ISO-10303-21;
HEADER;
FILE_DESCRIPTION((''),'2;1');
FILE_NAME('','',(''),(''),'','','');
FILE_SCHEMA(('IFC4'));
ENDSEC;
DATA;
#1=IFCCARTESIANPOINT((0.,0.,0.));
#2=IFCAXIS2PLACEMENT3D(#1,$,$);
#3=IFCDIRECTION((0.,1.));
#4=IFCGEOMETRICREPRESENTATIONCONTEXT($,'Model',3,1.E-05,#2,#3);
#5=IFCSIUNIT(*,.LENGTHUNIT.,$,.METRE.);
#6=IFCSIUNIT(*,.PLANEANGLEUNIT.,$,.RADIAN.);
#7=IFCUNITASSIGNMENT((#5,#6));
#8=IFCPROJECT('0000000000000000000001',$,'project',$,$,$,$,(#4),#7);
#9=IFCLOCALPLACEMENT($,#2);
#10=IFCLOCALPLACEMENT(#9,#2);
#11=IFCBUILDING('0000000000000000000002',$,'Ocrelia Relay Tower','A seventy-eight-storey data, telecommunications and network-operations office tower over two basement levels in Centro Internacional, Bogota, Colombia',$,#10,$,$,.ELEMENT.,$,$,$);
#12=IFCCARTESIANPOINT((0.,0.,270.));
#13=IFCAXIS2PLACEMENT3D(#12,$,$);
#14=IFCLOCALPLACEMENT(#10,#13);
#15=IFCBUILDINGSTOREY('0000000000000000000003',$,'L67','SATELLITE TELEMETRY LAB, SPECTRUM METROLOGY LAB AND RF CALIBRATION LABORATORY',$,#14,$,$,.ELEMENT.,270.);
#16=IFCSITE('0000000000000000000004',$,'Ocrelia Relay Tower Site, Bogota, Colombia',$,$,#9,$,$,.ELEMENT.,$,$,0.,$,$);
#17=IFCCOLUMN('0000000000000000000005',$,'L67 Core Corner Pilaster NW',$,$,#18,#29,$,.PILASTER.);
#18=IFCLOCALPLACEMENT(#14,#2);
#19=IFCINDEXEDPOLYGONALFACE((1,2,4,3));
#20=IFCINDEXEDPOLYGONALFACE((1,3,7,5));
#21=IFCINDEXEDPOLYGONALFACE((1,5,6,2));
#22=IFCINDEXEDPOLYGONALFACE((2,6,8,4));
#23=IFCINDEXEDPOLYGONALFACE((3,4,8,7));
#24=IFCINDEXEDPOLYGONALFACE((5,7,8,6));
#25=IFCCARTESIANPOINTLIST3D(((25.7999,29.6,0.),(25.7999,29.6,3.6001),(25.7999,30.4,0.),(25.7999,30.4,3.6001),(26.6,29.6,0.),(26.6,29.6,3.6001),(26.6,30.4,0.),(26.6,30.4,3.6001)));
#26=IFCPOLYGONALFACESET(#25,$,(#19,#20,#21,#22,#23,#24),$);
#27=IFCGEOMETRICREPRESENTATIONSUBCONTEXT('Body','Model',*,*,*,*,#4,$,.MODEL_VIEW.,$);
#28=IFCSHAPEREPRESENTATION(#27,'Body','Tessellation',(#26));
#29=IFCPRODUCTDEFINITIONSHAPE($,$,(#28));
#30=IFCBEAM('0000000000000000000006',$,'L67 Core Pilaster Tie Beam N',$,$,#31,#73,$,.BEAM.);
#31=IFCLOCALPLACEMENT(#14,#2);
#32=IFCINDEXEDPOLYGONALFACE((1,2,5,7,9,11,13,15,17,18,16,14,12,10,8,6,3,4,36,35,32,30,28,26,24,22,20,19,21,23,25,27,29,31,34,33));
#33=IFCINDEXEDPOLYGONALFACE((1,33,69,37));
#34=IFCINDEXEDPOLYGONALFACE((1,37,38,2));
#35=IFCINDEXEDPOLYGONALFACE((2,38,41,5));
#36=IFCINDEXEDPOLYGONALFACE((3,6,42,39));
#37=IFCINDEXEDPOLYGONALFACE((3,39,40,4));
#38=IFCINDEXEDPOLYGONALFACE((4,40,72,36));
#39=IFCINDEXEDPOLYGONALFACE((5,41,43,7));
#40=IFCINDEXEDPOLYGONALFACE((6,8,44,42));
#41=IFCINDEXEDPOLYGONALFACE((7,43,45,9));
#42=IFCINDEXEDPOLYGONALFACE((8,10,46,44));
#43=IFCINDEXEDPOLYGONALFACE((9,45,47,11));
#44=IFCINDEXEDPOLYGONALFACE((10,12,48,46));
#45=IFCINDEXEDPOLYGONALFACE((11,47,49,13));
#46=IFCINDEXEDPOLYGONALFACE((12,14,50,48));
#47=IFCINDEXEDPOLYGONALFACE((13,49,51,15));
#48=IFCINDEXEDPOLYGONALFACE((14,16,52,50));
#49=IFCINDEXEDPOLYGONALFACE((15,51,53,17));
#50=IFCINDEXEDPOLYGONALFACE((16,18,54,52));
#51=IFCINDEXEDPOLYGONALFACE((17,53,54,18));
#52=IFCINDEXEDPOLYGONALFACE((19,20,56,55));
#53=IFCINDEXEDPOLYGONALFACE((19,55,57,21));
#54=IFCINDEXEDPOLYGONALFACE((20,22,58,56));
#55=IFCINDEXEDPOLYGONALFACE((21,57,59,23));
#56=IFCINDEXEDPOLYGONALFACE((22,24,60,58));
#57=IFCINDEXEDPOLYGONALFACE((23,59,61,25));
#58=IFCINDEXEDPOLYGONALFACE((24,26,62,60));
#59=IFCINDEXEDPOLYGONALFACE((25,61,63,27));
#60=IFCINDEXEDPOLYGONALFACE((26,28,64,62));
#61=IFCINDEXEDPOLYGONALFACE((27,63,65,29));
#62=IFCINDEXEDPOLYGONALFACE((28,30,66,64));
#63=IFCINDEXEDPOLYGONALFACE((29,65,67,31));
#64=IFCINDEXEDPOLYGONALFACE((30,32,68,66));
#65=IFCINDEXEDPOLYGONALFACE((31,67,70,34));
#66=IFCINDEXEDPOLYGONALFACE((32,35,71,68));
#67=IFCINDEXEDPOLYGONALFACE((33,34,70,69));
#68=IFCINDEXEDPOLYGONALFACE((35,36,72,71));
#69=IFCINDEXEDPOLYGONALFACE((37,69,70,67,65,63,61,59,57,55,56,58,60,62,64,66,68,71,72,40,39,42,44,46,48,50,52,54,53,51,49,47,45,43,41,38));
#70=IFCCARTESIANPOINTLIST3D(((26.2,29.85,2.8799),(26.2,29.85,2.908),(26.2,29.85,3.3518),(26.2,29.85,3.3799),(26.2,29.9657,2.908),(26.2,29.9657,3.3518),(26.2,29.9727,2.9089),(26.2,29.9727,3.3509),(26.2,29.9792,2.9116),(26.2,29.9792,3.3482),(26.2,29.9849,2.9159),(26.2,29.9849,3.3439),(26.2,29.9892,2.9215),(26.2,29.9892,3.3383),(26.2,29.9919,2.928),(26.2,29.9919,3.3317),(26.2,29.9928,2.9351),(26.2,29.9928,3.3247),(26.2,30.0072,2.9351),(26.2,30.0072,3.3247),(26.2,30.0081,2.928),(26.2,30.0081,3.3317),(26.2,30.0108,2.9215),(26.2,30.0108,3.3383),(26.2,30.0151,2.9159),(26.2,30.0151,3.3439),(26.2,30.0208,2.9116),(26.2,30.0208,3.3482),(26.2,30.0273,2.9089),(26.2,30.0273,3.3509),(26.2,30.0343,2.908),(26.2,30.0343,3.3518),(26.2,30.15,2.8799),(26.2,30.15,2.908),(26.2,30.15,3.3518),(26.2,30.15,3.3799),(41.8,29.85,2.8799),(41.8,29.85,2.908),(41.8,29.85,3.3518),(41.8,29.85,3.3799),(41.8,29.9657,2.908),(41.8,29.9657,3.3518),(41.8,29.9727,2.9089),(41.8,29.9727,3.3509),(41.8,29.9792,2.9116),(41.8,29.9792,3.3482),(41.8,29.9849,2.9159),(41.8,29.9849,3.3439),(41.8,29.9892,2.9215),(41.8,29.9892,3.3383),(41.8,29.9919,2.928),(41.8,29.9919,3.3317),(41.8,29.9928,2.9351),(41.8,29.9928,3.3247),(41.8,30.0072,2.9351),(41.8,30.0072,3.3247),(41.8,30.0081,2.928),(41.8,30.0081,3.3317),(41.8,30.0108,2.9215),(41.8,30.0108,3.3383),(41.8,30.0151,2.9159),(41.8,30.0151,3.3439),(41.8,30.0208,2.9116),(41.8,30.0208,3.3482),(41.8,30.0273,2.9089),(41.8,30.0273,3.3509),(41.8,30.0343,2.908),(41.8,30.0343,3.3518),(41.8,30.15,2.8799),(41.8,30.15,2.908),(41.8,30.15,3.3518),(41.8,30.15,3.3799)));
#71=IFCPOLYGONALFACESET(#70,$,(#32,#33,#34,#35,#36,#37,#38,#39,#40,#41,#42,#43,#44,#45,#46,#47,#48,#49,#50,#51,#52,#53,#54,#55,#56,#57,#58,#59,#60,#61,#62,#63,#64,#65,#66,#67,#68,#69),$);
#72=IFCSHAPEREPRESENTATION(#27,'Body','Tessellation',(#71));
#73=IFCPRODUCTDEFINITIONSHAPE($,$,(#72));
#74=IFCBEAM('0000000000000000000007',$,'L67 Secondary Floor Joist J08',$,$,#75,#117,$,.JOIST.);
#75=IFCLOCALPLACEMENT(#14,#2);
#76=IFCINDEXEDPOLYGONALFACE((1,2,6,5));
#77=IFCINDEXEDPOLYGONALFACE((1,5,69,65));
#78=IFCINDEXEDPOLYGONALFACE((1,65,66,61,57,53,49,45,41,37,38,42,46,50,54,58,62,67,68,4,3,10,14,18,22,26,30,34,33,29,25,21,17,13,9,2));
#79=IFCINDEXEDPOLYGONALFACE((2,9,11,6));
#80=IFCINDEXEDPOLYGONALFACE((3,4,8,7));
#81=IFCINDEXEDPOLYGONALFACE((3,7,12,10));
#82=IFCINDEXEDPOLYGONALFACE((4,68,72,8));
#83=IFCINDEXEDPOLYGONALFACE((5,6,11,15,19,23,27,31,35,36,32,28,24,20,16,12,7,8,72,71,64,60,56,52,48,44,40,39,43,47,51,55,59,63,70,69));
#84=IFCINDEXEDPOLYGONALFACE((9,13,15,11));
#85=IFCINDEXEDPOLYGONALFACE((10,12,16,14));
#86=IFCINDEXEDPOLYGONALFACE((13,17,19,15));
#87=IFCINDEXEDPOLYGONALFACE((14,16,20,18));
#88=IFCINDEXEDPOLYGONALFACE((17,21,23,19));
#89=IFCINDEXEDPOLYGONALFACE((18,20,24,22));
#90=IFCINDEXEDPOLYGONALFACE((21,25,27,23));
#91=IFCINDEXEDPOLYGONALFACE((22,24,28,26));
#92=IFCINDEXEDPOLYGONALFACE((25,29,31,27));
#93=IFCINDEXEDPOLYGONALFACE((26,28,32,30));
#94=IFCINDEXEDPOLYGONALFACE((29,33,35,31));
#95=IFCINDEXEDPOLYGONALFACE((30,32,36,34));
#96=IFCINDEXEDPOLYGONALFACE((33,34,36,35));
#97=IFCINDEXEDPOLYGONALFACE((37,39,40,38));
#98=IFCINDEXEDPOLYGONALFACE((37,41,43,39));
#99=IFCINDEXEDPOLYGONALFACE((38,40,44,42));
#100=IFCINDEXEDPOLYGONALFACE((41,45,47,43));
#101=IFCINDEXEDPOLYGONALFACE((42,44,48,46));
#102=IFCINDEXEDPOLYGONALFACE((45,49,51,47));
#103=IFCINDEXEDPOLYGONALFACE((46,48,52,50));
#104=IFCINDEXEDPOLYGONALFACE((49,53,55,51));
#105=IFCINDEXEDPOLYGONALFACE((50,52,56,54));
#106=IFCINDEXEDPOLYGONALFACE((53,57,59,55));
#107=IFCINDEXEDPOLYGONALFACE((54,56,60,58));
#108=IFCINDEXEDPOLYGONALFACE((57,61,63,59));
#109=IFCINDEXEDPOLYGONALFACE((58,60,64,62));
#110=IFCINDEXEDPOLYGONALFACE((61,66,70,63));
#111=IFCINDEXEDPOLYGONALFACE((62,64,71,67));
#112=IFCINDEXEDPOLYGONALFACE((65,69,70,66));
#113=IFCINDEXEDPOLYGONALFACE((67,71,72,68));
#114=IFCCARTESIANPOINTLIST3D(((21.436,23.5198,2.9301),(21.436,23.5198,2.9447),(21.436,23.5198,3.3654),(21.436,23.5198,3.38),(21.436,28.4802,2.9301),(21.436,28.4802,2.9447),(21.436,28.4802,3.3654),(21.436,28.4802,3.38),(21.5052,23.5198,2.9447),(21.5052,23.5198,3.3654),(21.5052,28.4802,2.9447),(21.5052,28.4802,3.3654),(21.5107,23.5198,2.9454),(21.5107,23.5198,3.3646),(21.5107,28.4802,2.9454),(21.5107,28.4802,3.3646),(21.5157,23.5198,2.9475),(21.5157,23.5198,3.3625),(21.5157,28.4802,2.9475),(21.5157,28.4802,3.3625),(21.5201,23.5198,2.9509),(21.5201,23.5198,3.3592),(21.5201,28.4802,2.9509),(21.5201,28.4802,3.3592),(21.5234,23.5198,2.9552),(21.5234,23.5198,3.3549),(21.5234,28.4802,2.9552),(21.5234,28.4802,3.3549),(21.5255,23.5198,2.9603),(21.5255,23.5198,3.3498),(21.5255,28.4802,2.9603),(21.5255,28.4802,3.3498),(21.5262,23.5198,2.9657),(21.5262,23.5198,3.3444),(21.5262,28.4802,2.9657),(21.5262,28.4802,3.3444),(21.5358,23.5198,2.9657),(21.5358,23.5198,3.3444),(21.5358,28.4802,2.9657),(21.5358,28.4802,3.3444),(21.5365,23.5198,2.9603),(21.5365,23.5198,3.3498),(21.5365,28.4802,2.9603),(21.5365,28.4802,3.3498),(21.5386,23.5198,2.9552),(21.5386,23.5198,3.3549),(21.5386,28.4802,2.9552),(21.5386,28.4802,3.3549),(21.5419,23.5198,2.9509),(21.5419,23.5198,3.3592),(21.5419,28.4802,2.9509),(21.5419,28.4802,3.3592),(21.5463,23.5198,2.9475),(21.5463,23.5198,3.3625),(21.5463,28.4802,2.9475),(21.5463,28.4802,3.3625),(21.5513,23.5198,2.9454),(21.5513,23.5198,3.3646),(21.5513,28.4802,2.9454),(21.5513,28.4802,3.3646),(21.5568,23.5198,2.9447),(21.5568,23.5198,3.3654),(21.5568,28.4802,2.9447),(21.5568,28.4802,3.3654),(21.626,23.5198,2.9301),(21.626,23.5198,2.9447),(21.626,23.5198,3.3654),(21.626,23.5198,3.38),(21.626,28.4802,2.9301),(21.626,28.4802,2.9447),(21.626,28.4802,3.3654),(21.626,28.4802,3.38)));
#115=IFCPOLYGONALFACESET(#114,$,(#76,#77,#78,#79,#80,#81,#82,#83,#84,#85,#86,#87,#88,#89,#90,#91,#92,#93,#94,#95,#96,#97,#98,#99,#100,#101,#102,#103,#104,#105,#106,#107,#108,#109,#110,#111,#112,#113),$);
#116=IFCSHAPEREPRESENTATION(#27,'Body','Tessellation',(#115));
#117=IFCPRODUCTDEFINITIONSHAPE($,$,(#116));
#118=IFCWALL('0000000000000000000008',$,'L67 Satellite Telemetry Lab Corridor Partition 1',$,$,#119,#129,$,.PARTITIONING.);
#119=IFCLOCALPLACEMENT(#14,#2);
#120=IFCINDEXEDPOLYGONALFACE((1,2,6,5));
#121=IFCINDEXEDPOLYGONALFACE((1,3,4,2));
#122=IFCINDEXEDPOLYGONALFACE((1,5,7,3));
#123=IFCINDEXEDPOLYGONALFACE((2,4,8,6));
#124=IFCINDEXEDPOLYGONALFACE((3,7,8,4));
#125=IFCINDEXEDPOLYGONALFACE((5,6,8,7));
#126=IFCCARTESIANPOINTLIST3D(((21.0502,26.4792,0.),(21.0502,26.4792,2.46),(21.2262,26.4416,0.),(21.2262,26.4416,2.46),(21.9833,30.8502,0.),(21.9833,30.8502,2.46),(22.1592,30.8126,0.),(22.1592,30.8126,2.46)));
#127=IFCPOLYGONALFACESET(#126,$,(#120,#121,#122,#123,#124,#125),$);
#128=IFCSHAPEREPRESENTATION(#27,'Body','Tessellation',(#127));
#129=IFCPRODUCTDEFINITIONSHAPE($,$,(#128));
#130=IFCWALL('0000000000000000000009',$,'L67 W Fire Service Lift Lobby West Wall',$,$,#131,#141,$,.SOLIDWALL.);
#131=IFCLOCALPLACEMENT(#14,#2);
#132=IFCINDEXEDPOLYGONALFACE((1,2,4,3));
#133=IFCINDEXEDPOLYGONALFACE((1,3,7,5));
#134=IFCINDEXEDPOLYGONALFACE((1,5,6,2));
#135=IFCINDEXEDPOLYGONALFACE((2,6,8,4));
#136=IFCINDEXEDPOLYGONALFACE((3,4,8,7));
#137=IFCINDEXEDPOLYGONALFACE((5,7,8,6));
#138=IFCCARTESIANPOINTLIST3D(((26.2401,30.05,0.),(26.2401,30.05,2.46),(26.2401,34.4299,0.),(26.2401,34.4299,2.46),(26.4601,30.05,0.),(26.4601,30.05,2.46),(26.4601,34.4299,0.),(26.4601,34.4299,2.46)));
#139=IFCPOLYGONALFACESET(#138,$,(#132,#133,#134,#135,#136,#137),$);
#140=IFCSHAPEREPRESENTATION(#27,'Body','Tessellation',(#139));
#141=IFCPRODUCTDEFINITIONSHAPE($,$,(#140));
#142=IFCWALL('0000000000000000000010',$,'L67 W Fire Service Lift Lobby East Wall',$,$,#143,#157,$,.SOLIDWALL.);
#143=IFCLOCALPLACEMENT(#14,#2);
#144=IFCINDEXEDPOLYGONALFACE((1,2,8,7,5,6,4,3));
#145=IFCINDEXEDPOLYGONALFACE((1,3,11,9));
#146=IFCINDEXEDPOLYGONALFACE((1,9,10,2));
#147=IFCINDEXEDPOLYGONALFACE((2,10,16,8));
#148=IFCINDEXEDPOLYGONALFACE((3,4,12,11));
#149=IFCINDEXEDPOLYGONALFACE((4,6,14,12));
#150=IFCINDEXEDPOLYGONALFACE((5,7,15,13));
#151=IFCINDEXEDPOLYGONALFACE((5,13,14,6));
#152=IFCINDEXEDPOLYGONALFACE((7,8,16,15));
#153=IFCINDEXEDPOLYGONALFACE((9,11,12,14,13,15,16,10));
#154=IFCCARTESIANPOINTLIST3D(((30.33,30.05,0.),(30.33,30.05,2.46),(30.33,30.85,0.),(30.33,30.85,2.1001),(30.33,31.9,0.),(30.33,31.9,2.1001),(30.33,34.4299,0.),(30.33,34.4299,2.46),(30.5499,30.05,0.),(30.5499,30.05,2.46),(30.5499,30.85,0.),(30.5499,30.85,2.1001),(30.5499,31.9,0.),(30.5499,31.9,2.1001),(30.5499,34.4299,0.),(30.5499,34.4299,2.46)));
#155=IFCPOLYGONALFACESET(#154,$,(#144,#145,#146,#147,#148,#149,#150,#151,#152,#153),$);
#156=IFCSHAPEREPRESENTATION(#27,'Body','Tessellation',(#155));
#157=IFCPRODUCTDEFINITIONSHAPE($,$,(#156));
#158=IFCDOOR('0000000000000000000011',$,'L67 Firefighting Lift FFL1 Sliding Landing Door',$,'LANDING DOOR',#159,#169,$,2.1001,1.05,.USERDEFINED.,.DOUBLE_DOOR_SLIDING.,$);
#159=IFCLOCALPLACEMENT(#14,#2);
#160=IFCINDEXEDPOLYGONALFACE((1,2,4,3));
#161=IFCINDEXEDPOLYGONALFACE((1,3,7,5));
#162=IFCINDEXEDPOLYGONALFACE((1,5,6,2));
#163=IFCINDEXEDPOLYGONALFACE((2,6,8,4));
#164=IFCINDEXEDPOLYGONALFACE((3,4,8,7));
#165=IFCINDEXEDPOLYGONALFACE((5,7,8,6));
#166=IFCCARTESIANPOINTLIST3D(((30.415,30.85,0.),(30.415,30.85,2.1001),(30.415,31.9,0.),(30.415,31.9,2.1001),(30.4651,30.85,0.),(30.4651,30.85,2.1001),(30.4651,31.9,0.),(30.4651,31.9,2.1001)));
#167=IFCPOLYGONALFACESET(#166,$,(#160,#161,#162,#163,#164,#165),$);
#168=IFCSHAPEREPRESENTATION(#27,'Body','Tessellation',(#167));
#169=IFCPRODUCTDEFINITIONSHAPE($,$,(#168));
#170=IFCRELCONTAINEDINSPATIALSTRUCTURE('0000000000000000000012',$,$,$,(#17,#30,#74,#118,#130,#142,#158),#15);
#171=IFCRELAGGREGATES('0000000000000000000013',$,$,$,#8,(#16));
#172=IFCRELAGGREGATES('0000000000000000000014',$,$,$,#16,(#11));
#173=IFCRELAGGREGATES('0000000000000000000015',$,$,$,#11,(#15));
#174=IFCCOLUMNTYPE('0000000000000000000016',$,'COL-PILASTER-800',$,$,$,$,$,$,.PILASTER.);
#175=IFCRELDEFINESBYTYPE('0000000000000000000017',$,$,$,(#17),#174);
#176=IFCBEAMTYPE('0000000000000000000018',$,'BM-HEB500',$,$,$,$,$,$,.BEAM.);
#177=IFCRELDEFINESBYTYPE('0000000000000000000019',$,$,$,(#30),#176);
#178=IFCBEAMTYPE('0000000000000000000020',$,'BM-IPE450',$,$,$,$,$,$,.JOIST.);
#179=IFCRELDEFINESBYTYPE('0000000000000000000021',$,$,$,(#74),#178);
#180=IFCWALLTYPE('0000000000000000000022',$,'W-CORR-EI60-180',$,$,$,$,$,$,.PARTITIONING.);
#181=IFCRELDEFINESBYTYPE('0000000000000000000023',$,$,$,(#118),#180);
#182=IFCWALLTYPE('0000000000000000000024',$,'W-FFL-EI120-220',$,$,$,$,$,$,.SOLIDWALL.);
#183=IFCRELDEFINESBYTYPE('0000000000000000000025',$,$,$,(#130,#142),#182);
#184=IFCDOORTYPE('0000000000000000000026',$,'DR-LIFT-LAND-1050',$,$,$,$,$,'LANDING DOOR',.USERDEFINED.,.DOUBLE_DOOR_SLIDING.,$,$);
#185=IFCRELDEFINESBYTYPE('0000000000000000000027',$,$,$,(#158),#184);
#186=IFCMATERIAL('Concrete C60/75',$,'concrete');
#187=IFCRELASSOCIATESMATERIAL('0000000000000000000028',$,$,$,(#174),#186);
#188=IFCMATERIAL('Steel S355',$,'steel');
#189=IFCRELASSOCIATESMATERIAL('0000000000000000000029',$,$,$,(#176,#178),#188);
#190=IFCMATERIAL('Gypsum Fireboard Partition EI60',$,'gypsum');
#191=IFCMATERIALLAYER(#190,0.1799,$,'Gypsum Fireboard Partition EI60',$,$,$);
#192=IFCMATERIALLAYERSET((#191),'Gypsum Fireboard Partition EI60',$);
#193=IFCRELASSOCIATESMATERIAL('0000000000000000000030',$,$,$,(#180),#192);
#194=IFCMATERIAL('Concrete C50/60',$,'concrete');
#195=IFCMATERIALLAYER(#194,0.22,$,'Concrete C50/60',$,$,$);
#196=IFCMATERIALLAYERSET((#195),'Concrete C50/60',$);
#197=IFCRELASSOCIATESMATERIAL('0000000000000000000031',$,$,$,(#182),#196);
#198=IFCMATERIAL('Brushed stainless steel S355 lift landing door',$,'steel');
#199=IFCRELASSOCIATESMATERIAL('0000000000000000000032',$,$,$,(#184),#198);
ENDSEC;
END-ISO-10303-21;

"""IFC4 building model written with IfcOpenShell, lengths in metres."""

from ifc_helpers import new_model, si_unit, direction, frame, frame_2d, origin, origin_2d, place, context, subcontext, project, spatial, rectangle, i_section, extrude, material, layer, layer_set, material_profile, profile_set, type_object, element, fill, save


model = new_model("IFC4")

# Units and contexts
model_context = context("Model", 3, precision=1e-05, world=origin(), true_north=direction((0.0, 1.0)))
body_context = subcontext(model_context, "Body", "Model", "MODEL_VIEW")
ifc_project = project(units=[si_unit("LENGTHUNIT", "METRE"), si_unit("PLANEANGLEUNIT", "RADIAN")], contexts=[model_context])

# Site, building, storey
site_placement = place(None, origin())
site = spatial("IfcSite", under=ifc_project, at=site_placement, Name="Ocrelia Relay Tower Site, Bogota, Colombia", CompositionType="ELEMENT", RefElevation=0.0)
building_placement = place(site_placement, origin())
building = spatial("IfcBuilding", under=site, at=building_placement, Name="Ocrelia Relay Tower", Description="A seventy-eight-storey data, telecommunications and network-operations office tower over two basement levels in Centro Internacional, Bogota, Colombia", CompositionType="ELEMENT")
storey_placement = place(building_placement, frame((0.0, 0.0, 270.0)))
storey = spatial("IfcBuildingStorey", under=building, at=storey_placement, Name="L67", Description="SATELLITE TELEMETRY LAB, SPECTRUM METROLOGY LAB AND RF CALIBRATION LABORATORY", CompositionType="ELEMENT", Elevation=270.0)

# Column
ifc_material_1 = material(Name="Concrete C60/75", Category="concrete")
ifc_material_profile_1 = material_profile(ifc_material_1, rectangle(XDim=0.8, YDim=0.8, at=origin_2d()), Name="RC-COL-800x800")
ifc_profile_set_1 = profile_set([ifc_material_profile_1], Name="Concrete C60/75")
column_type = type_object("IfcColumnType", Name="COL-PILASTER-800", PredefinedType="PILASTER", material=ifc_profile_set_1)
column_placement = place(storey_placement, frame((26.2, 30.0, 0.0), z_axis=(0.0, 0.0, 1.0), x_axis=(1.0, 0.0, 0.0)))
element("IfcColumn", 1, at=column_placement, inside=storey, type_object=column_type, Name="L67 Core Corner Pilaster NW", PredefinedType="PILASTER", context=body_context, shape_type="SweptSolid", body=[
    extrude(rectangle(XDim=0.8, YDim=0.8, at=origin_2d()), origin(), (0.0, 0.0, 1.0), 3.6001),
])

# Beams
ifc_material_2 = material(Name="Steel S355", Category="steel")
ifc_material_profile_2 = material_profile(ifc_material_2, i_section(OverallWidth=0.3, OverallDepth=0.5, WebThickness=0.0144, FlangeThickness=0.0281, FilletRadius=0.0271, at=origin_2d()), Name="HEB 500")
ifc_profile_set_2 = profile_set([ifc_material_profile_2], Name="Steel S355")
beam_type_1 = type_object("IfcBeamType", Name="BM-HEB500", PredefinedType="BEAM", material=ifc_profile_set_2)
beam_1_placement = place(storey_placement, frame((26.2, 30.0, 3.1299), z_axis=(1.0, 0.0, 0.0), x_axis=(0.0, 1.0, 0.0)))
element("IfcBeam", 2, at=beam_1_placement, inside=storey, type_object=beam_type_1, Name="L67 Core Pilaster Tie Beam N", PredefinedType="BEAM", context=body_context, shape_type="SweptSolid", body=[
    extrude(i_section(OverallWidth=0.3, OverallDepth=0.5, WebThickness=0.0144, FlangeThickness=0.0281, FilletRadius=0.0271, at=origin_2d()), origin(), (0.0, 0.0, 1.0), 15.6001),
])
ifc_material_profile_3 = material_profile(ifc_material_2, i_section(OverallWidth=0.1899, OverallDepth=0.45, WebThickness=0.0095, FlangeThickness=0.0146, FilletRadius=0.021, at=origin_2d()), Name="IPE 450")
ifc_profile_set_3 = profile_set([ifc_material_profile_3], Name="Steel S355")
beam_type_2 = type_object("IfcBeamType", Name="BM-IPE450", PredefinedType="JOIST", material=ifc_profile_set_3)
beam_2_placement = place(storey_placement, frame((21.531, 28.4802, 3.155), z_axis=(0.0, -1.0, 0.0), x_axis=(1.0, 0.0, 0.0)))
element("IfcBeam", 3, at=beam_2_placement, inside=storey, type_object=beam_type_2, Name="L67 Secondary Floor Joist J08", PredefinedType="JOIST", context=body_context, shape_type="SweptSolid", body=[
    extrude(i_section(OverallWidth=0.1899, OverallDepth=0.45, WebThickness=0.0095, FlangeThickness=0.0146, FilletRadius=0.021, at=origin_2d()), origin(), (0.0, 0.0, 1.0), 4.9604),
])

# Shared definitions
ifc_material_3 = material(Name="Concrete C50/60", Category="concrete")

# Walls
ifc_material_4 = material(Name="Gypsum Fireboard Partition EI60", Category="gypsum")
ifc_layer_1 = layer(ifc_material_4, 0.1799, Name="Gypsum Fireboard Partition EI60")
ifc_layer_set_1 = layer_set([ifc_layer_1], Name="Gypsum Fireboard Partition EI60")
wall_type_1 = type_object("IfcWallType", Name="W-CORR-EI60-180", PredefinedType="PARTITIONING", material=ifc_layer_set_1)
wall_1_placement = place(storey_placement, frame((22.0713, 30.8315, 0.0), z_axis=(0.0, 0.0, 1.0), x_axis=(-0.208768, -0.977965, 0.0)))
element("IfcWall", 4, at=wall_1_placement, inside=storey, type_object=wall_type_1, Name="L67 Satellite Telemetry Lab Corridor Partition 1", PredefinedType="PARTITIONING", context=body_context, shape_type="SweptSolid", body=[
    extrude(rectangle(XDim=4.4695, YDim=0.1799, at=frame_2d((2.2349, 0.0))), origin(), (0.0, 0.0, 1.0), 2.46),
])
ifc_layer_2 = layer(ifc_material_3, 0.22, Name="Concrete C50/60")
ifc_layer_set_2 = layer_set([ifc_layer_2], Name="Concrete C50/60")
wall_type_2 = type_object("IfcWallType", Name="W-FFL-EI120-220", PredefinedType="SOLIDWALL", material=ifc_layer_set_2)
wall_2_placement = place(storey_placement, frame((26.3501, 30.05, 0.0), z_axis=(0.0, 0.0, 1.0), x_axis=(0.0, 1.0, 0.0)))
element("IfcWall", 5, at=wall_2_placement, inside=storey, type_object=wall_type_2, Name="L67 W Fire Service Lift Lobby West Wall", PredefinedType="SOLIDWALL", context=body_context, shape_type="SweptSolid", body=[
    extrude(rectangle(XDim=4.3799, YDim=0.22, at=frame_2d((2.1899, 0.0))), origin(), (0.0, 0.0, 1.0), 2.46),
])

# Wall, opening, door
wall_3_placement = place(storey_placement, frame((30.4399, 30.05, 0.0), z_axis=(0.0, 0.0, 1.0), x_axis=(0.0, 1.0, 0.0)))
wall_3 = element("IfcWall", 6, at=wall_3_placement, inside=storey, type_object=wall_type_2, Name="L67 W Fire Service Lift Lobby East Wall", PredefinedType="SOLIDWALL", context=body_context, shape_type="SweptSolid", body=[
    extrude(rectangle(XDim=4.3799, YDim=0.22, at=frame_2d((2.1899, 0.0))), origin(), (0.0, 0.0, 1.0), 2.46),
])
opening_1_placement = place(wall_3_placement, frame((0.8, 0.0, 0.0)))
opening_1 = element("IfcOpeningElement", 7, at=opening_1_placement, cuts=wall_3, PredefinedType="OPENING", context=body_context, shape_type="SweptSolid", body=[
    extrude(rectangle(XDim=1.05, YDim=2.1001, at=frame_2d((0.5249, 1.05))), frame((0.0, 0.1201, 0.0), z_axis=(0.0, -1.0, 0.0), x_axis=(1.0, 0.0, 0.0)), (0.0, 0.0, 1.0), 0.24),
])
ifc_material_5 = material(Name="Brushed stainless steel S355 lift landing door", Category="steel")
door_type_1 = type_object("IfcDoorType", Name="DR-LIFT-LAND-1050", ElementType="LANDING DOOR", OperationType="DOUBLE_DOOR_SLIDING", PredefinedType="USERDEFINED", material=ifc_material_5)
door_1_placement = place(opening_1_placement, origin())
door_1 = element("IfcDoor", 8, at=door_1_placement, inside=storey, type_object=door_type_1, Name="L67 Firefighting Lift FFL1 Sliding Landing Door", ObjectType="LANDING DOOR", OperationType="DOUBLE_DOOR_SLIDING", OverallHeight=2.1001, OverallWidth=1.05, PredefinedType="USERDEFINED", context=body_context, shape_type="SweptSolid", body=[
    extrude(rectangle(XDim=1.05, YDim=2.1001, at=frame_2d((0.5249, 1.05))), frame((0.0, 0.0249, 0.0), z_axis=(0.0, -1.0, 0.0), x_axis=(1.0, 0.0, 0.0)), (0.0, 0.0, 1.0), 0.05),
])
fill(opening_1, door_1)

save(model, "model.ifc")
